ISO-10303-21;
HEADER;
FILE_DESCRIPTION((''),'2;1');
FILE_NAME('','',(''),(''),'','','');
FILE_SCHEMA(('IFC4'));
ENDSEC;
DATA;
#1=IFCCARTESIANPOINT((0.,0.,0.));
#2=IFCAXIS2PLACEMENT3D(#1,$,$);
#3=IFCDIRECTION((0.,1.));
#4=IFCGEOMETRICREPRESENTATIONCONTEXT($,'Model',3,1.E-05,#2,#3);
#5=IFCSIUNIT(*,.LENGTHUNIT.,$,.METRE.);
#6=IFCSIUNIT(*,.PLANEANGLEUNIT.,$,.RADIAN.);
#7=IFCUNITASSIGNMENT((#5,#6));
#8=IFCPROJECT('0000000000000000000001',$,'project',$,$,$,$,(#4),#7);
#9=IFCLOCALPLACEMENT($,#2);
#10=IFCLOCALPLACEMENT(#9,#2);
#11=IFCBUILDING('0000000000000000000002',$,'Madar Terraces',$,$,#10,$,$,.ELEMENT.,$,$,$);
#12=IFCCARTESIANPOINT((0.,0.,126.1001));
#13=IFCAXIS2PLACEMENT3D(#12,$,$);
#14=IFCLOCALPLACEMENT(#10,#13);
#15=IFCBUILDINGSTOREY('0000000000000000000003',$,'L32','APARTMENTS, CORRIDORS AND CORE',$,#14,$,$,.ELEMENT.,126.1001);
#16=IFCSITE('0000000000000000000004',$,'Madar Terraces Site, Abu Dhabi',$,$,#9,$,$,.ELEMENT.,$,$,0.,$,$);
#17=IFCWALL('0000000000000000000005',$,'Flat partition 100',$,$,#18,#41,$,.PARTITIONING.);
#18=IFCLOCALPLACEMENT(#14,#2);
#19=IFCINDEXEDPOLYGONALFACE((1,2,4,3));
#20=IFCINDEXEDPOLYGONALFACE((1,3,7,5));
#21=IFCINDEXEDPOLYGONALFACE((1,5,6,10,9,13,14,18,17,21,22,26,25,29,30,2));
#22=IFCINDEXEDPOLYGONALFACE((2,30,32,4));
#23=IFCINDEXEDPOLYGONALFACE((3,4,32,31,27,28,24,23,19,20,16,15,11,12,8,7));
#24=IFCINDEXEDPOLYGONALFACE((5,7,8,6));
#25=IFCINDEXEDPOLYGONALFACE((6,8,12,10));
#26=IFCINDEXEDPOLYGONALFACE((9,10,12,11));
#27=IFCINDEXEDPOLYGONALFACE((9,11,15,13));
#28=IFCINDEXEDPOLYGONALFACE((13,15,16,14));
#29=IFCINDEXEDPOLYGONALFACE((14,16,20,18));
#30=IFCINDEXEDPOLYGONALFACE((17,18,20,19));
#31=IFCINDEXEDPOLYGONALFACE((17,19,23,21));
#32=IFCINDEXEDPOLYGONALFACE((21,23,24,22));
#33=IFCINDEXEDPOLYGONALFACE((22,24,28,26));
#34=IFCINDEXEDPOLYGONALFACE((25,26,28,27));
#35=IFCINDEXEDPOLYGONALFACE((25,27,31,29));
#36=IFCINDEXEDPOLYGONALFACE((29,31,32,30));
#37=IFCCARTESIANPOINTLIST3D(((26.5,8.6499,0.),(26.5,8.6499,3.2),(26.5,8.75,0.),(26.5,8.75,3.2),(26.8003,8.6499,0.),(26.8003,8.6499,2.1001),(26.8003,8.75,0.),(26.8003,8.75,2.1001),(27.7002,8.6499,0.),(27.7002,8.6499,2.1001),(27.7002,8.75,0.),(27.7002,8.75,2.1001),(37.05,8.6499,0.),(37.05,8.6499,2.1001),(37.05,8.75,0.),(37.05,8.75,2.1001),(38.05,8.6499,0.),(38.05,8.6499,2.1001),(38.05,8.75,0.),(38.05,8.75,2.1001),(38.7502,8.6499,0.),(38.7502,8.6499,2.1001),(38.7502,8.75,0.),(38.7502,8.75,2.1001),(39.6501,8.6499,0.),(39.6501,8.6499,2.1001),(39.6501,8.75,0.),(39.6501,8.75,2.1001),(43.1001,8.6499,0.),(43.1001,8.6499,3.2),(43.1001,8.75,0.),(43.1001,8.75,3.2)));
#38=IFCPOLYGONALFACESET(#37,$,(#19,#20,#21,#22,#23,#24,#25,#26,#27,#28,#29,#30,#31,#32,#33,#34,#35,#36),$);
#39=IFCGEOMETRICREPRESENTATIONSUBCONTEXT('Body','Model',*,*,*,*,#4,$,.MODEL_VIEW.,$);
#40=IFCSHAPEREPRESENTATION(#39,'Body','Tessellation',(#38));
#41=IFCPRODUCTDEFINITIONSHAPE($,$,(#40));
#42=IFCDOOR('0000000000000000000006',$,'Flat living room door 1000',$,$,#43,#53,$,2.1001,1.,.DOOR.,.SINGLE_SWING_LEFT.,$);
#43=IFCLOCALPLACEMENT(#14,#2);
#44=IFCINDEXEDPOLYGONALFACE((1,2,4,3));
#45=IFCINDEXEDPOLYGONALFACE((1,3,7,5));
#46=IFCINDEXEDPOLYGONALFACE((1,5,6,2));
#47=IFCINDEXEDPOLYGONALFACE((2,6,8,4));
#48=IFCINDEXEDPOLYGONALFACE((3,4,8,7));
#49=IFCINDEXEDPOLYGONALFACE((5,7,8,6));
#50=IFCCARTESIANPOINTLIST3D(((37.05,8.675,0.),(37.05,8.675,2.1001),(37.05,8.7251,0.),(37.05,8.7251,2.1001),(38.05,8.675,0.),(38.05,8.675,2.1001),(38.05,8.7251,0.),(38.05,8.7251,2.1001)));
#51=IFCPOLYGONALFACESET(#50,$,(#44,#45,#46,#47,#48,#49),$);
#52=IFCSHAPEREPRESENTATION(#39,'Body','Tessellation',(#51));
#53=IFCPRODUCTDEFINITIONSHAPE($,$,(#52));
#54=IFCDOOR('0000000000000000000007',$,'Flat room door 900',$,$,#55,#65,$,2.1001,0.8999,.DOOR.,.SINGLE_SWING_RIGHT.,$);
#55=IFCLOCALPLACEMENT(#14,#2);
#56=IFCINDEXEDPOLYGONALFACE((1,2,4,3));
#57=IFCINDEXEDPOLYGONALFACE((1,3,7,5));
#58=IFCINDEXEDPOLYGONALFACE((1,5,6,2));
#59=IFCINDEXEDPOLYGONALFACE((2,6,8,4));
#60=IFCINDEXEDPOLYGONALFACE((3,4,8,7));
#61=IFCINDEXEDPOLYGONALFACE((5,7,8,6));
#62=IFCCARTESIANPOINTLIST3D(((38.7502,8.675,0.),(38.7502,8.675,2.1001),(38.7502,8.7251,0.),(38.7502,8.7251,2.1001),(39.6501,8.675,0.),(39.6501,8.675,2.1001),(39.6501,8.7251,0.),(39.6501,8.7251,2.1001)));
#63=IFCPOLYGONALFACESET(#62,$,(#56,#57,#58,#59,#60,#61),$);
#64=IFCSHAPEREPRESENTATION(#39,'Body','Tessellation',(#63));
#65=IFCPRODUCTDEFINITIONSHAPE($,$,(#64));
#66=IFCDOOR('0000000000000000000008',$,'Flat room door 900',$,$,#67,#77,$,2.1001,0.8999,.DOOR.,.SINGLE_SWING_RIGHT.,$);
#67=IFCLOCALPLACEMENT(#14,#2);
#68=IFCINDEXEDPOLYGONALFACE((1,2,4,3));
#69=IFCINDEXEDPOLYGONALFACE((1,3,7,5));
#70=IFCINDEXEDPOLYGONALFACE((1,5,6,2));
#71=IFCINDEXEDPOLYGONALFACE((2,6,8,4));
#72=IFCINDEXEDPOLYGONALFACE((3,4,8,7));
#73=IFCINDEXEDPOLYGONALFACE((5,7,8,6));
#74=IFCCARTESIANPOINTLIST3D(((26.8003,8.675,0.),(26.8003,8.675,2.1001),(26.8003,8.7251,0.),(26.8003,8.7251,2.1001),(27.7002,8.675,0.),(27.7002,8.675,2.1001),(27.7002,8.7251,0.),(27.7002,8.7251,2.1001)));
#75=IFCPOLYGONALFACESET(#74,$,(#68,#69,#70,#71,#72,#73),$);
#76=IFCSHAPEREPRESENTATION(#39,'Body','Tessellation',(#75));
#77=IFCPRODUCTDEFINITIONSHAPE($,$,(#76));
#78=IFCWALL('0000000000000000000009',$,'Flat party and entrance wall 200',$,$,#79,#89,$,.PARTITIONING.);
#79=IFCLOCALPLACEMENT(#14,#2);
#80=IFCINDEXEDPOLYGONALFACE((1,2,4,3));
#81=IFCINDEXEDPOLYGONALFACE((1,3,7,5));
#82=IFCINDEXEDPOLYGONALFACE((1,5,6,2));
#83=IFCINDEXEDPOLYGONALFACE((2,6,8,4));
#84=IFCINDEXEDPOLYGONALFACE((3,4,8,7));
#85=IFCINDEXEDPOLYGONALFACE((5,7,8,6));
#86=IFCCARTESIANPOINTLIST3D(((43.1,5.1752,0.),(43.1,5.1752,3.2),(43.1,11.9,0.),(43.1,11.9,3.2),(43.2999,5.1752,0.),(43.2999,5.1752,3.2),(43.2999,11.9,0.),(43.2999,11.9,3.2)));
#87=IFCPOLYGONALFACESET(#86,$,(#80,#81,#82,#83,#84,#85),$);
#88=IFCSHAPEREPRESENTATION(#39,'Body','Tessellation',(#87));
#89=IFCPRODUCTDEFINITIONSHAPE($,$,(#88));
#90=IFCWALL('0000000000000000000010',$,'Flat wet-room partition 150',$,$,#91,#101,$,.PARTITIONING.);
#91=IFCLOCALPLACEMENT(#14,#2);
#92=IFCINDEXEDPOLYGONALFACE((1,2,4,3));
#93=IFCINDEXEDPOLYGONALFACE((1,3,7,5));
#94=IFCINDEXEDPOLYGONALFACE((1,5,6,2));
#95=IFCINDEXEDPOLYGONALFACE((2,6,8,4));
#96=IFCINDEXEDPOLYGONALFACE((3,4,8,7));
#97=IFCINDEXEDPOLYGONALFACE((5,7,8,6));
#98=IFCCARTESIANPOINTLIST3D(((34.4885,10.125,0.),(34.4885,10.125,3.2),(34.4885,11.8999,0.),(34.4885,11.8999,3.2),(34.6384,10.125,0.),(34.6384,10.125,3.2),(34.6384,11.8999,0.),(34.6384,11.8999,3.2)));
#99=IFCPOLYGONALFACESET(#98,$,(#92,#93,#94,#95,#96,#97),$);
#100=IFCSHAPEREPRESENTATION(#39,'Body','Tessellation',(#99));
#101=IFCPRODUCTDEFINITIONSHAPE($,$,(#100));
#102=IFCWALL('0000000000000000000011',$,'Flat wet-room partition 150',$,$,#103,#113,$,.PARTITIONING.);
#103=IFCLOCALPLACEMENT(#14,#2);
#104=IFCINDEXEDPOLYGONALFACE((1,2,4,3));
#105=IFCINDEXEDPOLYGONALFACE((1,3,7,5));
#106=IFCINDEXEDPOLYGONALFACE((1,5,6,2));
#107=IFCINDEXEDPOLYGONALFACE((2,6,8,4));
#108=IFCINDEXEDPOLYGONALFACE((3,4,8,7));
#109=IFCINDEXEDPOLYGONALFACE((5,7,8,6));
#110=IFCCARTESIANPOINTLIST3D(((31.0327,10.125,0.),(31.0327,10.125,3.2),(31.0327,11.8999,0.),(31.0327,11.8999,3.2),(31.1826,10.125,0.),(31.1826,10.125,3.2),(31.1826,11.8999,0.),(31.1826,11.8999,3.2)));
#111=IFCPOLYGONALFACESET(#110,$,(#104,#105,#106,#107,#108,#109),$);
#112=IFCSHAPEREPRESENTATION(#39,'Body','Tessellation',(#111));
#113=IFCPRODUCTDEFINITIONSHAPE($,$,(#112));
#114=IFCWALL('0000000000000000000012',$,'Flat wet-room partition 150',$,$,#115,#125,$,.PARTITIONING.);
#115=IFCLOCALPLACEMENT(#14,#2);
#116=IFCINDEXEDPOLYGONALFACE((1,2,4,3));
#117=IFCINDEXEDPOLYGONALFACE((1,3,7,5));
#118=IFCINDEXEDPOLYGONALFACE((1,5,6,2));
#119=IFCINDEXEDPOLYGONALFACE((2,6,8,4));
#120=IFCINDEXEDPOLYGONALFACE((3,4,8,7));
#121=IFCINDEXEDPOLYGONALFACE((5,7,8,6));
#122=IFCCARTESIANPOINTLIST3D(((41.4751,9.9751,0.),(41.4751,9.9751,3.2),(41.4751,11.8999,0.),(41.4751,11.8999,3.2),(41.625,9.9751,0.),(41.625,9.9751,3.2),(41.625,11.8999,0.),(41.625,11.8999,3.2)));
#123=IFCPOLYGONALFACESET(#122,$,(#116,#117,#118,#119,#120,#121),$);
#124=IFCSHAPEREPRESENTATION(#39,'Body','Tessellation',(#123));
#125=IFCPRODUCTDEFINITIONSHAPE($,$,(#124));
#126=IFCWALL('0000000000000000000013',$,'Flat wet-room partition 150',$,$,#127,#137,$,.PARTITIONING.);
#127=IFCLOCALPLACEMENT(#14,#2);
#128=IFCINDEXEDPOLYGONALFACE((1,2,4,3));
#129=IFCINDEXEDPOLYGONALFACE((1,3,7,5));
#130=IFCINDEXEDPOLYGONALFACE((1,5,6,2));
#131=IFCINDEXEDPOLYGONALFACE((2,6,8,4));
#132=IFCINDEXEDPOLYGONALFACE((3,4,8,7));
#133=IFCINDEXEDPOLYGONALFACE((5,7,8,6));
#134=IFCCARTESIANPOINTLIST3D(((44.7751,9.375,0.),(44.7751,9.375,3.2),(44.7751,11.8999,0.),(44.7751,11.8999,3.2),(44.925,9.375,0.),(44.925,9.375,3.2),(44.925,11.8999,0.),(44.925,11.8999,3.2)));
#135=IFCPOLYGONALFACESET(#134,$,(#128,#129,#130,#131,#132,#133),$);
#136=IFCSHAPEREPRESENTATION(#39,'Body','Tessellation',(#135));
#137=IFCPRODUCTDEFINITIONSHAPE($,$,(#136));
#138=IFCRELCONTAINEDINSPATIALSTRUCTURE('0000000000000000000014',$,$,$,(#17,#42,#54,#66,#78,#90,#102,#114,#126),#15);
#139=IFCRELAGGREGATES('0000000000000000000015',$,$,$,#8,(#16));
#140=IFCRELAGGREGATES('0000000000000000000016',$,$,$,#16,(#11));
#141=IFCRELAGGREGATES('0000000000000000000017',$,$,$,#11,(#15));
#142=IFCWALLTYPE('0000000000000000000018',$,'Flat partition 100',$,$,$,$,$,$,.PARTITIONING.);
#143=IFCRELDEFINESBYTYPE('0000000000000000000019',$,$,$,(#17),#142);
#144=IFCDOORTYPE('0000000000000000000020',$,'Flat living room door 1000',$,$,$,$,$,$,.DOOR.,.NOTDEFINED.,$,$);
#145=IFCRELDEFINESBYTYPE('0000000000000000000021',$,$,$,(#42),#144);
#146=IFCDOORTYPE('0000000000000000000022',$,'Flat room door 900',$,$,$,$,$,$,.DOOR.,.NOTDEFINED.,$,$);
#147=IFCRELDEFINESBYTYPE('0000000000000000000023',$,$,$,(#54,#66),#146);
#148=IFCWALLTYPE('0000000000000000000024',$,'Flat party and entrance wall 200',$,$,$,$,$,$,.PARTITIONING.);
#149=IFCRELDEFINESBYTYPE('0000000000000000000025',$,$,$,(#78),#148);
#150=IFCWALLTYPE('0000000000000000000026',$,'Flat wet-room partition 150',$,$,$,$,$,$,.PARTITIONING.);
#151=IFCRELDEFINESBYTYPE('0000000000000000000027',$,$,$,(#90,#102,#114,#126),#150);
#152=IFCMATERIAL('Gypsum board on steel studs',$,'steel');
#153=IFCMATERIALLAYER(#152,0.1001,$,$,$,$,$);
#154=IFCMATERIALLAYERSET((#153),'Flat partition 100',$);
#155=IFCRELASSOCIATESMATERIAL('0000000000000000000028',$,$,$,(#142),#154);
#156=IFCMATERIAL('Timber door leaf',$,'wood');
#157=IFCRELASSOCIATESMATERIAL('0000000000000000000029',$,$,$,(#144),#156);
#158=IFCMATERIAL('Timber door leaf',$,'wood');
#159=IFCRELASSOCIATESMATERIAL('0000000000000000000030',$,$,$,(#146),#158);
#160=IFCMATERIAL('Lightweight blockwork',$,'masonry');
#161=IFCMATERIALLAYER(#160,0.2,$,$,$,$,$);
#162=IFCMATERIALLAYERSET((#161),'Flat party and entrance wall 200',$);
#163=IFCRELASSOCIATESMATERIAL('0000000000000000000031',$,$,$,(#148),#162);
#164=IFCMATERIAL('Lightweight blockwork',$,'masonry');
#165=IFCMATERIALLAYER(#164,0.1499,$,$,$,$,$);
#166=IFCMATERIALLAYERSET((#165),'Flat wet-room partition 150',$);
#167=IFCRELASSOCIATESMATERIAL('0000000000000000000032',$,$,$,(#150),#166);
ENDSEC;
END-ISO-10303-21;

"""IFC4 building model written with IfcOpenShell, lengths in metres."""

from ifc_helpers import new_model, si_unit, direction, frame, frame_2d, origin, place, context, subcontext, project, spatial, rectangle, extrude, material, layer, layer_set, type_object, element, fill, save


model = new_model("IFC4")

# Units and contexts
model_context = context("Model", 3, precision=1e-05, world=origin(), true_north=direction((0.0, 1.0)))
body_context = subcontext(model_context, "Body", "Model", "MODEL_VIEW")
ifc_project = project(units=[si_unit("LENGTHUNIT", "METRE"), si_unit("PLANEANGLEUNIT", "RADIAN")], contexts=[model_context])

# Site, building, storey
site_placement = place(None, origin())
site = spatial("IfcSite", under=ifc_project, at=site_placement, Name="Madar Terraces Site, Abu Dhabi", CompositionType="ELEMENT", RefElevation=0.0)
building_placement = place(site_placement, origin())
building = spatial("IfcBuilding", under=site, at=building_placement, Name="Madar Terraces", CompositionType="ELEMENT")
storey_placement = place(building_placement, frame((0.0, 0.0, 126.1001)))
storey = spatial("IfcBuildingStorey", under=building, at=storey_placement, Name="L32", Description="APARTMENTS, CORRIDORS AND CORE", CompositionType="ELEMENT", Elevation=126.1001)

# Shared definitions
ifc_material_1 = material(Name="Gypsum board on steel studs", Category="steel")
ifc_layer_1 = layer(ifc_material_1, 0.1001)
ifc_layer_set_1 = layer_set([ifc_layer_1], Name="Flat partition 100")
wall_type_1 = type_object("IfcWallType", Name="Flat partition 100", PredefinedType="PARTITIONING", material=ifc_layer_set_1)

# Wall, openings, doors
wall_1_placement = place(storey_placement, frame((43.1001, 8.7, 0.0), z_axis=(0.0, 0.0, 1.0), x_axis=(-1.0, 0.0, 0.0)))
wall_1 = element("IfcWall", 1, at=wall_1_placement, inside=storey, type_object=wall_type_1, Name="Flat partition 100", PredefinedType="PARTITIONING", context=body_context, shape_type="SweptSolid", body=[
    extrude(rectangle(XDim=16.6001, YDim=0.1001, at=frame_2d((8.3, 0.0))), origin(), (0.0, 0.0, 1.0), 3.2),
])
opening_1_placement = place(wall_1_placement, frame((3.45, 0.0, 0.0)))
opening_1 = element("IfcOpeningElement", 2, at=opening_1_placement, cuts=wall_1, PredefinedType="OPENING", context=body_context, shape_type="SweptSolid", body=[
    extrude(rectangle(XDim=0.8999, YDim=2.1001, at=frame_2d((0.45, 1.05))), frame((0.0, 0.0601, 0.0), z_axis=(0.0, -1.0, 0.0), x_axis=(1.0, 0.0, 0.0)), (0.0, 0.0, 1.0), 0.1201),
])
opening_2_placement = place(wall_1_placement, frame((5.05, 0.0, 0.0)))
opening_2 = element("IfcOpeningElement", 3, at=opening_2_placement, cuts=wall_1, PredefinedType="OPENING", context=body_context, shape_type="SweptSolid", body=[
    extrude(rectangle(XDim=1.0, YDim=2.1001, at=frame_2d((0.5, 1.05))), frame((0.0, 0.0601, 0.0), z_axis=(0.0, -1.0, 0.0), x_axis=(1.0, 0.0, 0.0)), (0.0, 0.0, 1.0), 0.1201),
])
opening_3_placement = place(wall_1_placement, frame((15.3999, 0.0, 0.0)))
opening_3 = element("IfcOpeningElement", 4, at=opening_3_placement, cuts=wall_1, PredefinedType="OPENING", context=body_context, shape_type="SweptSolid", body=[
    extrude(rectangle(XDim=0.8999, YDim=2.1001, at=frame_2d((0.45, 1.05))), frame((0.0, 0.0601, 0.0), z_axis=(0.0, -1.0, 0.0), x_axis=(1.0, 0.0, 0.0)), (0.0, 0.0, 1.0), 0.1201),
])
ifc_material_2 = material(Name="Timber door leaf", Category="wood")
door_type_1 = type_object("IfcDoorType", Name="Flat living room door 1000", OperationType="NOTDEFINED", PredefinedType="DOOR", material=ifc_material_2)
door_1_placement = place(opening_2_placement, origin())
door_1 = element("IfcDoor", 5, at=door_1_placement, inside=storey, type_object=door_type_1, Name="Flat living room door 1000", OperationType="SINGLE_SWING_LEFT", OverallHeight=2.1001, OverallWidth=1.0, PredefinedType="DOOR", context=body_context, shape_type="SweptSolid", body=[
    extrude(rectangle(XDim=1.0, YDim=2.1001, at=frame_2d((0.5, 1.05))), frame((0.0, 0.0249, 0.0), z_axis=(0.0, -1.0, 0.0), x_axis=(1.0, 0.0, 0.0)), (0.0, 0.0, 1.0), 0.05),
])
fill(opening_2, door_1)
ifc_material_3 = material(Name="Timber door leaf", Category="wood")
door_type_2 = type_object("IfcDoorType", Name="Flat room door 900", OperationType="NOTDEFINED", PredefinedType="DOOR", material=ifc_material_3)
door_2_placement = place(opening_1_placement, origin())
door_2 = element("IfcDoor", 6, at=door_2_placement, inside=storey, type_object=door_type_2, Name="Flat room door 900", OperationType="SINGLE_SWING_RIGHT", OverallHeight=2.1001, OverallWidth=0.8999, PredefinedType="DOOR", context=body_context, shape_type="SweptSolid", body=[
    extrude(rectangle(XDim=0.8999, YDim=2.1001, at=frame_2d((0.45, 1.05))), frame((0.0, 0.0249, 0.0), z_axis=(0.0, -1.0, 0.0), x_axis=(1.0, 0.0, 0.0)), (0.0, 0.0, 1.0), 0.05),
])
fill(opening_1, door_2)
door_3_placement = place(opening_3_placement, origin())
door_3 = element("IfcDoor", 7, at=door_3_placement, inside=storey, type_object=door_type_2, Name="Flat room door 900", OperationType="SINGLE_SWING_RIGHT", OverallHeight=2.1001, OverallWidth=0.8999, PredefinedType="DOOR", context=body_context, shape_type="SweptSolid", body=[
    extrude(rectangle(XDim=0.8999, YDim=2.1001, at=frame_2d((0.45, 1.05))), frame((0.0, 0.0249, 0.0), z_axis=(0.0, -1.0, 0.0), x_axis=(1.0, 0.0, 0.0)), (0.0, 0.0, 1.0), 0.05),
])
fill(opening_3, door_3)

# Walls
ifc_material_4 = material(Name="Lightweight blockwork", Category="masonry")
ifc_layer_2 = layer(ifc_material_4, 0.2)
ifc_layer_set_2 = layer_set([ifc_layer_2], Name="Flat party and entrance wall 200")
wall_type_2 = type_object("IfcWallType", Name="Flat party and entrance wall 200", PredefinedType="PARTITIONING", material=ifc_layer_set_2)
wall_2_placement = place(storey_placement, frame((43.2, 11.8999, 0.0), z_axis=(0.0, 0.0, 1.0), x_axis=(0.0, -1.0, 0.0)))
element("IfcWall", 8, at=wall_2_placement, inside=storey, type_object=wall_type_2, Name="Flat party and entrance wall 200", PredefinedType="PARTITIONING", context=body_context, shape_type="SweptSolid", body=[
    extrude(rectangle(XDim=6.7249, YDim=0.2, at=frame_2d((3.3623, 0.0))), origin(), (0.0, 0.0, 1.0), 3.2),
])
ifc_material_5 = material(Name="Lightweight blockwork", Category="masonry")
ifc_layer_3 = layer(ifc_material_5, 0.1499)
ifc_layer_set_3 = layer_set([ifc_layer_3], Name="Flat wet-room partition 150")
wall_type_3 = type_object("IfcWallType", Name="Flat wet-room partition 150", PredefinedType="PARTITIONING", material=ifc_layer_set_3)
for number, where, z_axis, x_axis, name in (
    (9, (34.5635, 11.8999, 0.0), (0.0, 0.0, 1.0), (0.0, -1.0, 0.0), "Flat wet-room partition 150"),
    (10, (31.1077, 11.8999, 0.0), (0.0, 0.0, 1.0), (0.0, -1.0, 0.0), "Flat wet-room partition 150"),
):
    element("IfcWall", number, at=place(storey_placement, frame(where, z_axis=z_axis, x_axis=x_axis)), inside=storey, type_object=wall_type_3, Name=name, PredefinedType="PARTITIONING", context=body_context, shape_type="SweptSolid", body=[
        extrude(rectangle(XDim=1.7749, YDim=0.1499, at=frame_2d((0.8875, 0.0))), origin(), (0.0, 0.0, 1.0), 3.2),
    ])
wall_3_placement = place(storey_placement, frame((41.55, 11.8999, 0.0), z_axis=(0.0, 0.0, 1.0), x_axis=(0.0, -1.0, 0.0)))
element("IfcWall", 11, at=wall_3_placement, inside=storey, type_object=wall_type_3, Name="Flat wet-room partition 150", PredefinedType="PARTITIONING", context=body_context, shape_type="SweptSolid", body=[
    extrude(rectangle(XDim=1.9248, YDim=0.1499, at=frame_2d((0.9624, 0.0))), origin(), (0.0, 0.0, 1.0), 3.2),
])
wall_4_placement = place(storey_placement, frame((44.8501, 11.8999, 0.0), z_axis=(0.0, 0.0, 1.0), x_axis=(0.0, -1.0, 0.0)))
element("IfcWall", 12, at=wall_4_placement, inside=storey, type_object=wall_type_3, Name="Flat wet-room partition 150", PredefinedType="PARTITIONING", context=body_context, shape_type="SweptSolid", body=[
    extrude(rectangle(XDim=2.5249, YDim=0.1499, at=frame_2d((1.2625, 0.0))), origin(), (0.0, 0.0, 1.0), 3.2),
])

save(model, "model.ifc")
